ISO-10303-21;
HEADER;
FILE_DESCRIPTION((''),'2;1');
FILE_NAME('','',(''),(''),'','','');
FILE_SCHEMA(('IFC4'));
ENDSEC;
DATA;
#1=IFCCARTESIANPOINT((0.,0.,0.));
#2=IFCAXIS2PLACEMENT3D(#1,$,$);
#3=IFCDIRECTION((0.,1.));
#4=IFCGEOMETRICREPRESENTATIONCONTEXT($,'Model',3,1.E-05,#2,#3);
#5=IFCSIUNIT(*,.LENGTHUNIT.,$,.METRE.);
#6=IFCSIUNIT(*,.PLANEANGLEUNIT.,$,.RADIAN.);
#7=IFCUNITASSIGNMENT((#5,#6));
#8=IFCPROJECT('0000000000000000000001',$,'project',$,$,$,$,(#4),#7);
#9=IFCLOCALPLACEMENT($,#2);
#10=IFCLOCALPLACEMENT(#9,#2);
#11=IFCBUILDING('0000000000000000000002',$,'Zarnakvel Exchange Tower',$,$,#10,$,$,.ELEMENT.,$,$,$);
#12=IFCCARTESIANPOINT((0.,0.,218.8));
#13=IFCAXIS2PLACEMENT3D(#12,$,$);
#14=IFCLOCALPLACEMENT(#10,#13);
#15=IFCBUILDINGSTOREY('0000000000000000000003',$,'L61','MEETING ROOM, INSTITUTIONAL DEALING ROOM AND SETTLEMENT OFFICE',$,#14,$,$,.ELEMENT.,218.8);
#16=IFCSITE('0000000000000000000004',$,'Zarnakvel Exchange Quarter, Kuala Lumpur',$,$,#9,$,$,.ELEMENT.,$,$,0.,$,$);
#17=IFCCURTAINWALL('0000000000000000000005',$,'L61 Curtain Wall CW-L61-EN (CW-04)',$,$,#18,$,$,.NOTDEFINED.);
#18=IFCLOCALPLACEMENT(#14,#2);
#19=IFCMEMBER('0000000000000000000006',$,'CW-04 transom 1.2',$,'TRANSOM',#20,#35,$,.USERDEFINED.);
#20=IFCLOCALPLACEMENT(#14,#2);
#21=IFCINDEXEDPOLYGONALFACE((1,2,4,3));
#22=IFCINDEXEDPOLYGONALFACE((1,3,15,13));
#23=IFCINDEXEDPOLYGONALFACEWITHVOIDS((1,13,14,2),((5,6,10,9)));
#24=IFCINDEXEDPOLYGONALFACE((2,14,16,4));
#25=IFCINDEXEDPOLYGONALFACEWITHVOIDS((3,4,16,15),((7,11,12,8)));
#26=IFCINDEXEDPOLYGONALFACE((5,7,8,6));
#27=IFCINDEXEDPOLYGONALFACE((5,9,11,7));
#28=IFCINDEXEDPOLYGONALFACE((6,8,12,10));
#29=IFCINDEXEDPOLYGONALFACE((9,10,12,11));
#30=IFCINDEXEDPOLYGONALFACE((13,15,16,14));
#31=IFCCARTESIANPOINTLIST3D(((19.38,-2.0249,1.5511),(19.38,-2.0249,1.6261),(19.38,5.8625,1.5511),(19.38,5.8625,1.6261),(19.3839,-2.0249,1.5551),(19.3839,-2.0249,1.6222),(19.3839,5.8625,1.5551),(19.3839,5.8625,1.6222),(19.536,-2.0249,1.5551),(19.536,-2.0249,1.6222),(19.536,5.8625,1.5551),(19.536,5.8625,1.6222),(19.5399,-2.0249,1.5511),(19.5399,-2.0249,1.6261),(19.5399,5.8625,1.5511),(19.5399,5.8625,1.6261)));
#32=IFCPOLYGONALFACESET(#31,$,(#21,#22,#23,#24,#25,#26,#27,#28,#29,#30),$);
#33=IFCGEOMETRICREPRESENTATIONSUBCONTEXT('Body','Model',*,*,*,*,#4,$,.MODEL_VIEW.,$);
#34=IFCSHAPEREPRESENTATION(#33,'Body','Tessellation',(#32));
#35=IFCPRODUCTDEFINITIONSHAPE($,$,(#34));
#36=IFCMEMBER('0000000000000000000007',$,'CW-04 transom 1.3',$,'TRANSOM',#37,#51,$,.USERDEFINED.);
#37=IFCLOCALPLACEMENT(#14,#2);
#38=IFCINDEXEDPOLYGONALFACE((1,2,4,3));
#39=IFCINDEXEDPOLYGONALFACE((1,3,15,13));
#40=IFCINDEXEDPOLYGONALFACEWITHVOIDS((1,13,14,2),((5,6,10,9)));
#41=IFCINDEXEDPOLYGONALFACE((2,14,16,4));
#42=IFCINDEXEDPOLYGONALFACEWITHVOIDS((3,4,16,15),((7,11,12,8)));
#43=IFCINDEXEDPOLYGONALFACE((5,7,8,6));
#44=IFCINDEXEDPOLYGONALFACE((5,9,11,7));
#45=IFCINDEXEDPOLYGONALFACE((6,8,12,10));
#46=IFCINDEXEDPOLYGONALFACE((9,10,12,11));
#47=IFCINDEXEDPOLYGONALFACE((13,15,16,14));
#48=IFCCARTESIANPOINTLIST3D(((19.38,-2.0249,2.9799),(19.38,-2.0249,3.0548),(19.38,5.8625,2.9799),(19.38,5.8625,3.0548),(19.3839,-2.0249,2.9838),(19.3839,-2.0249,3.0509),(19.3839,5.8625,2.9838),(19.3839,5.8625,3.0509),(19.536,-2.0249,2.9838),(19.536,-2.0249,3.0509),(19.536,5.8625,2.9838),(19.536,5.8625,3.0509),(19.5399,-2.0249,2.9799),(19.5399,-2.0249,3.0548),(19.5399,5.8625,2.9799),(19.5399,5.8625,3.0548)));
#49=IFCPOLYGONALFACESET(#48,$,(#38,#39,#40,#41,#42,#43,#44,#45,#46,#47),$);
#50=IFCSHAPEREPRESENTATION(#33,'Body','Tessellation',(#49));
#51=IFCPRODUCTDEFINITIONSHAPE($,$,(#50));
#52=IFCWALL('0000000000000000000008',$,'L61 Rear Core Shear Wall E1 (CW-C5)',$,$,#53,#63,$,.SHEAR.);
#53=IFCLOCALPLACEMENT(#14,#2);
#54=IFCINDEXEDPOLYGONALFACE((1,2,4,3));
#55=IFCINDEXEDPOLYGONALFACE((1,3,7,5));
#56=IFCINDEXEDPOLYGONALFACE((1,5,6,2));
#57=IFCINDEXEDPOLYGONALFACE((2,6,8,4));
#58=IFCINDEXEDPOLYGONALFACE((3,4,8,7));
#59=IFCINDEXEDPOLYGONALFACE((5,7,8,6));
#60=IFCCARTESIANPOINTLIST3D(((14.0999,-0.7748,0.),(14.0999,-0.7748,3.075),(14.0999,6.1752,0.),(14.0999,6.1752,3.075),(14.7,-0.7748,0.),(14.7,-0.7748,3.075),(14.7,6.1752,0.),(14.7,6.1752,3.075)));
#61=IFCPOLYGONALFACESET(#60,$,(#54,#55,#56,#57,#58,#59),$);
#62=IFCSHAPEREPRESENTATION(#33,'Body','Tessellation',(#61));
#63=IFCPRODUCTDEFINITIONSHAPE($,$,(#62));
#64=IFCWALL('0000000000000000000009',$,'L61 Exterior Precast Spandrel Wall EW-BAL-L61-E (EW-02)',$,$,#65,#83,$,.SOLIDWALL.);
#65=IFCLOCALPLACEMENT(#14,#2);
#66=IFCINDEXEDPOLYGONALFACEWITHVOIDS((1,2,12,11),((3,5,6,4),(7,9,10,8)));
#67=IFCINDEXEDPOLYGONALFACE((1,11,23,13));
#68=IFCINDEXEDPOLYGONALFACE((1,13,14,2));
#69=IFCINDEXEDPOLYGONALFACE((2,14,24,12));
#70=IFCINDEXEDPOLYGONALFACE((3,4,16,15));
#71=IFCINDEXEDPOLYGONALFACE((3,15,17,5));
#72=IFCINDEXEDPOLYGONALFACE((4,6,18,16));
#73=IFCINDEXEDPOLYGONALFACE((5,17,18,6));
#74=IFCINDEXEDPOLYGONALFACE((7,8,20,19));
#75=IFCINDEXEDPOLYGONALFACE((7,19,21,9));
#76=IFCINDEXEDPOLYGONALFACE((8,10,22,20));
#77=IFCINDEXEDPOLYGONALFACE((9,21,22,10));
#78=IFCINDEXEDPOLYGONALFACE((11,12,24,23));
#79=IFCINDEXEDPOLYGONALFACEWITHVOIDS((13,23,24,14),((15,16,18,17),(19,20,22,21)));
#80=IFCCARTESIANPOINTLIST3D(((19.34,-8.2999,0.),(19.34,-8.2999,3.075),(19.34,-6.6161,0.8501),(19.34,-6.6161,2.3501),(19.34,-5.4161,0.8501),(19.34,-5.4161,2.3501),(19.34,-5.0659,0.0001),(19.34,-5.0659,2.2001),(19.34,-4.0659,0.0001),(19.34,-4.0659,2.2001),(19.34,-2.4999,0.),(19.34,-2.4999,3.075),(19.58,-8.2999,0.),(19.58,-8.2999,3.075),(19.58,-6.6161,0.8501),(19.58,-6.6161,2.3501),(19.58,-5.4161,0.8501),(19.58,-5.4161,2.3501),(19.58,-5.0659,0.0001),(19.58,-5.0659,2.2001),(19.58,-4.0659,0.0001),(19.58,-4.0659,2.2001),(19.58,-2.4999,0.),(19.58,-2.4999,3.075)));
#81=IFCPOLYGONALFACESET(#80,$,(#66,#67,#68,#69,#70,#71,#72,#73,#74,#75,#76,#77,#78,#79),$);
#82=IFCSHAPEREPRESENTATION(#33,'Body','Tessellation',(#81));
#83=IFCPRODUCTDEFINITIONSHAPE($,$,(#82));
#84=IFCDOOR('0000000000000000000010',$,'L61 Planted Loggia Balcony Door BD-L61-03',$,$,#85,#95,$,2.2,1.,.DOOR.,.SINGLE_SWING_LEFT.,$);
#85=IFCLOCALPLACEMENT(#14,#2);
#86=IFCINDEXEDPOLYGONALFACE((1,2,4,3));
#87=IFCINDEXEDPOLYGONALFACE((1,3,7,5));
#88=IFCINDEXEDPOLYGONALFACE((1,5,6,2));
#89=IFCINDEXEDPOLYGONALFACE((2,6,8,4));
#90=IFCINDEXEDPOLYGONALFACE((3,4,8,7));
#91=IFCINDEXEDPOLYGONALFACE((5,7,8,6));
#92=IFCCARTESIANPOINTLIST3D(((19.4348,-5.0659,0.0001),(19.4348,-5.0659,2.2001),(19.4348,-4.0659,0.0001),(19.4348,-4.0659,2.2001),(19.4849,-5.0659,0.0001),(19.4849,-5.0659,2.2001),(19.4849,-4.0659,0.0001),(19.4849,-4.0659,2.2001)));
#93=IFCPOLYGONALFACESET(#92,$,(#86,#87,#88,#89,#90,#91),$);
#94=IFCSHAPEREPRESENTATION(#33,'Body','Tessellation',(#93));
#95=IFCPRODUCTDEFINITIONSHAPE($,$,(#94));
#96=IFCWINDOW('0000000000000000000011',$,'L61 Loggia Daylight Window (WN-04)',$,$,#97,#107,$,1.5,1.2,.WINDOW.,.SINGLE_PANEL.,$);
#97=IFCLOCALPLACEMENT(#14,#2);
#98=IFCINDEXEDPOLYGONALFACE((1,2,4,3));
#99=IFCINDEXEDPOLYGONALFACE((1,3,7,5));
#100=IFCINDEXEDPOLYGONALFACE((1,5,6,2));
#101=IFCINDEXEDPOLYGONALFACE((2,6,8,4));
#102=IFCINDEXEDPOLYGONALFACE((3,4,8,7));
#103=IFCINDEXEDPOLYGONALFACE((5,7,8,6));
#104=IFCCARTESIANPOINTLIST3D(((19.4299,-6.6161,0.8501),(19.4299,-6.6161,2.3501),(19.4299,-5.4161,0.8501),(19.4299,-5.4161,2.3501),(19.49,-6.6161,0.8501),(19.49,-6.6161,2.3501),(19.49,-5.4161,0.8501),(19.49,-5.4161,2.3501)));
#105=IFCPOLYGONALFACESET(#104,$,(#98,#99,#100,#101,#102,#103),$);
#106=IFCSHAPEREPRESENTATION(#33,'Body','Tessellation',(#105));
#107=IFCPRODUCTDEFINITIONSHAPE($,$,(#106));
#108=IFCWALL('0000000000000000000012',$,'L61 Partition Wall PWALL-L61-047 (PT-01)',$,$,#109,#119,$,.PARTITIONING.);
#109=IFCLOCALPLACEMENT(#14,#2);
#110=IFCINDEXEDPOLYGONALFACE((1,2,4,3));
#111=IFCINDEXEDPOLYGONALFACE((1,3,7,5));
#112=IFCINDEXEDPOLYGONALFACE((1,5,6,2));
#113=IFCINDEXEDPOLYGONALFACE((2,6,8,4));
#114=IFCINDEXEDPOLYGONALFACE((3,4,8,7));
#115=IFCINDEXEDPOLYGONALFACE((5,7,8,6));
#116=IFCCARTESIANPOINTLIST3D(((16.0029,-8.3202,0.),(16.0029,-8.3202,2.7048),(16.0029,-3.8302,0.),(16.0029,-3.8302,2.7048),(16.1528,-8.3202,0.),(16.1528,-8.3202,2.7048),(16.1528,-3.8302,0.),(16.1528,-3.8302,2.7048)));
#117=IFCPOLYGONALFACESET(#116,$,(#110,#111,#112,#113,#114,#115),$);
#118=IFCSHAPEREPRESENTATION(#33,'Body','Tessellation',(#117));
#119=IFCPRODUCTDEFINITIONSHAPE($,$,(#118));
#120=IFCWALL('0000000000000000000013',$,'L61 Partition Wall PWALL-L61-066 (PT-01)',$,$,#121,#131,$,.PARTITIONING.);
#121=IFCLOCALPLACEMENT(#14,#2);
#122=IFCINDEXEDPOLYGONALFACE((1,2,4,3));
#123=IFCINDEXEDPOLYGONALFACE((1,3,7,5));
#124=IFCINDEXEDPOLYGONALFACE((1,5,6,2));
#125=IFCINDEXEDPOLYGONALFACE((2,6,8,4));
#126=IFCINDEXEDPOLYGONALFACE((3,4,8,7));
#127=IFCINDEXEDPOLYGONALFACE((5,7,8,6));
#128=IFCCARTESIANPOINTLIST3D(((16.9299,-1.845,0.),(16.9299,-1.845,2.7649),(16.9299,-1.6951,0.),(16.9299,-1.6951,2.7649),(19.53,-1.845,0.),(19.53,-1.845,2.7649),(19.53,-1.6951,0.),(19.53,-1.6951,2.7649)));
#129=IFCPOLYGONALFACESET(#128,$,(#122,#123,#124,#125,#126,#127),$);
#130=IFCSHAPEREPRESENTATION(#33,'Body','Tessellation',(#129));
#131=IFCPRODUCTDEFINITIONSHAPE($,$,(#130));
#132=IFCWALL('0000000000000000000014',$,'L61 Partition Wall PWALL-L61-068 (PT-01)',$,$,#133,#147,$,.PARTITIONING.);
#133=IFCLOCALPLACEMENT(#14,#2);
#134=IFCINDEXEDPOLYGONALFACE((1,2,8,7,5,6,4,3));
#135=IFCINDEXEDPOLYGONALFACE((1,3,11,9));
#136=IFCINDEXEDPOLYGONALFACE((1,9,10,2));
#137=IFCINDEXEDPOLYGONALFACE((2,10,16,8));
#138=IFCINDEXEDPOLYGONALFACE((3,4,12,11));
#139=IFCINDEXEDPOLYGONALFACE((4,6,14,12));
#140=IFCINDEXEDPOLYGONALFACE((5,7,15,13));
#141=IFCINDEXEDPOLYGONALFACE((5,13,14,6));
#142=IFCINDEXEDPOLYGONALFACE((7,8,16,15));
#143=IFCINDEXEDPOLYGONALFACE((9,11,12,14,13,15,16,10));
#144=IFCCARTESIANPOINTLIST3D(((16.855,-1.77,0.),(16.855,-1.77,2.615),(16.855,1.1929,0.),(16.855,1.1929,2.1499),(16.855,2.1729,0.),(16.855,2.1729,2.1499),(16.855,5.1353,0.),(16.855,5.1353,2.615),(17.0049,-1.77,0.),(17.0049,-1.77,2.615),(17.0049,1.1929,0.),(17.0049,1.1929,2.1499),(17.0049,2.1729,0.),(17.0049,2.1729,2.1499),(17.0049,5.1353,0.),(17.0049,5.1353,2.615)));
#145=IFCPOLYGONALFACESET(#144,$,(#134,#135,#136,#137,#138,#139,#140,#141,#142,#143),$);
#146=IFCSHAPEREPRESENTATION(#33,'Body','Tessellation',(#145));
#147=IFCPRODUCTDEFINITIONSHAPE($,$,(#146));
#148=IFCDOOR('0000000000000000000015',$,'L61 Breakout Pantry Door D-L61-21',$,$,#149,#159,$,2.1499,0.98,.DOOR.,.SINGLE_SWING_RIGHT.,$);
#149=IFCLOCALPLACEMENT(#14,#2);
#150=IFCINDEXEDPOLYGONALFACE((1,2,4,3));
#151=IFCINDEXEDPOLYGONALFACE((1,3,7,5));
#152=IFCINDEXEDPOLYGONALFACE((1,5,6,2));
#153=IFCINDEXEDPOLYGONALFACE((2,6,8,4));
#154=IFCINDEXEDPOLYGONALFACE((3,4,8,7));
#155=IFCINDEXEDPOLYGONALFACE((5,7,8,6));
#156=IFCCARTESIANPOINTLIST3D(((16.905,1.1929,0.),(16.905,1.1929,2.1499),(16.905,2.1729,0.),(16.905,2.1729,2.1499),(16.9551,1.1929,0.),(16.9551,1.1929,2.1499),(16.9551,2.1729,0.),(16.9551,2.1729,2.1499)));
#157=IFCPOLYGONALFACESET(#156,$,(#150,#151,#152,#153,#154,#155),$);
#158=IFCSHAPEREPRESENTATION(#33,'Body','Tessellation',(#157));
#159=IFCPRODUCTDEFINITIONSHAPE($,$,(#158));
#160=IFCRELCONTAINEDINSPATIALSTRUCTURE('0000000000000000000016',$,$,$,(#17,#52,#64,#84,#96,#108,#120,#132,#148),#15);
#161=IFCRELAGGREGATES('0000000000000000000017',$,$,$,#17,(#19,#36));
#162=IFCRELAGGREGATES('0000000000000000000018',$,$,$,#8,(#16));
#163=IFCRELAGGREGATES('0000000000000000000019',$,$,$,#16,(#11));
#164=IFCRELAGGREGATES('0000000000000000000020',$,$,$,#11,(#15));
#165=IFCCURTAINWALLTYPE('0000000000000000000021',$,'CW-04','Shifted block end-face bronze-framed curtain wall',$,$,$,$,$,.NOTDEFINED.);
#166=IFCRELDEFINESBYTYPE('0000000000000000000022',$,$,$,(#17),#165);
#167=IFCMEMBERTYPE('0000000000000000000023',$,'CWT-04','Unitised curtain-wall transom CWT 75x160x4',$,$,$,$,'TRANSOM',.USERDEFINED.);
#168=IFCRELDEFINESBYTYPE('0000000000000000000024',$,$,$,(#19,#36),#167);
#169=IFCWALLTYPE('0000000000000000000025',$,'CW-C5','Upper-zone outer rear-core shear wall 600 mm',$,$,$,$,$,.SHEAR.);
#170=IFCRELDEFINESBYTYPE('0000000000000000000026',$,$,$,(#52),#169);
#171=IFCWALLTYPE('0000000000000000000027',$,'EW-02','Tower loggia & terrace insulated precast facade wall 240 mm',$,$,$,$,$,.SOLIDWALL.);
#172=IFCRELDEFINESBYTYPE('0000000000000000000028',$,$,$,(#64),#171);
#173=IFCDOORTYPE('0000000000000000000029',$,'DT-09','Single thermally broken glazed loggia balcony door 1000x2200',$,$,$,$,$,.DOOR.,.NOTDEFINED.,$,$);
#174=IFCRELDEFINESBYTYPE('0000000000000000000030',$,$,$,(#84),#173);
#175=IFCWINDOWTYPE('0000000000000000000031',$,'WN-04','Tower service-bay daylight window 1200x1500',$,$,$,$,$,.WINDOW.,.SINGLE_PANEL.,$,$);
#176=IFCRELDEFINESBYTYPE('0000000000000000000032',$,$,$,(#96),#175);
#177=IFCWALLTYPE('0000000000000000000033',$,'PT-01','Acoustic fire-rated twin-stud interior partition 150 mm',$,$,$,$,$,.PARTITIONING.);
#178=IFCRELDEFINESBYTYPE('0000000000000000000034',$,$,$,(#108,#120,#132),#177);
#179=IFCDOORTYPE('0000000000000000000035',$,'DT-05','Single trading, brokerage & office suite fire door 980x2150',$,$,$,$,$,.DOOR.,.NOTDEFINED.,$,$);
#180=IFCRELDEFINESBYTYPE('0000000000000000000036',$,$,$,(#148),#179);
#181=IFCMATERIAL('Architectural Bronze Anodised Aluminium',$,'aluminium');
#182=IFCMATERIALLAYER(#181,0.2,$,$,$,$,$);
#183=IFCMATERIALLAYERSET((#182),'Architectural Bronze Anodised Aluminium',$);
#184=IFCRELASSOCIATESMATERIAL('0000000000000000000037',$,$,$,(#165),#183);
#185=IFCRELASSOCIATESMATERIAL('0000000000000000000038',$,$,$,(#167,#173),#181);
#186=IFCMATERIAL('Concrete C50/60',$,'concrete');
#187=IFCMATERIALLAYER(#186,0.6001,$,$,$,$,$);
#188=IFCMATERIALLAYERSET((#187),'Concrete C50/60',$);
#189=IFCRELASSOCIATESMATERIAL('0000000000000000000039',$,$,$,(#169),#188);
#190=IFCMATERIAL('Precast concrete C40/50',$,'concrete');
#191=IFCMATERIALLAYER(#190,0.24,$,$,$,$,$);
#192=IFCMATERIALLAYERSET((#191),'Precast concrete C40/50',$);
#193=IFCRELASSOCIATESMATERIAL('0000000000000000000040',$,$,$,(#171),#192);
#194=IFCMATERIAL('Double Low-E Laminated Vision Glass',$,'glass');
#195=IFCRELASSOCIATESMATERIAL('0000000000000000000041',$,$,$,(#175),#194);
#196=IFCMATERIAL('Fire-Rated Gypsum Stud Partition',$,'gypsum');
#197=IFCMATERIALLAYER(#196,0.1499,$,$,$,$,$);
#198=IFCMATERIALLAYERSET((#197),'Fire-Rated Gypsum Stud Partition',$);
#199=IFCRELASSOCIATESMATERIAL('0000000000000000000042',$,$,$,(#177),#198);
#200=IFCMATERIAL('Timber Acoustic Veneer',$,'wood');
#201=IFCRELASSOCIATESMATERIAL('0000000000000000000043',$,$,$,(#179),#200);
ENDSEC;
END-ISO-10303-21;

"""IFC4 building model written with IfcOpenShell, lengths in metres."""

from ifc_helpers import new_model, si_unit, direction, frame, frame_2d, origin, origin_2d, place, context, subcontext, project, spatial, rectangle, hollow_rectangle, extrude, source, transform, mapped, material, layer, layer_set, material_profile, profile_set, type_object, element, fill, aggregate, save


model = new_model("IFC4")

# Units and contexts
model_context = context("Model", 3, precision=1e-05, world=origin(), true_north=direction((0.0, 1.0)))
body_context = subcontext(model_context, "Body", "Model", "MODEL_VIEW")
ifc_project = project(units=[si_unit("LENGTHUNIT", "METRE"), si_unit("PLANEANGLEUNIT", "RADIAN")], contexts=[model_context])

# Site, building, storey
site_placement = place(None, origin())
site = spatial("IfcSite", under=ifc_project, at=site_placement, Name="Zarnakvel Exchange Quarter, Kuala Lumpur", CompositionType="ELEMENT", RefElevation=0.0)
building_placement = place(site_placement, origin())
building = spatial("IfcBuilding", under=site, at=building_placement, Name="Zarnakvel Exchange Tower", CompositionType="ELEMENT")
storey_placement = place(building_placement, frame((0.0, 0.0, 218.8)))
storey = spatial("IfcBuildingStorey", under=building, at=storey_placement, Name="L61", Description="MEETING ROOM, INSTITUTIONAL DEALING ROOM AND SETTLEMENT OFFICE", CompositionType="ELEMENT", Elevation=218.8)

# Shared definitions
ifc_material_1 = material(Name="Concrete C50/60", Category="concrete")

# Curtain wall, members
ifc_material_2 = material(Name="Architectural Bronze Anodised Aluminium", Category="aluminium")
ifc_layer_1 = layer(ifc_material_2, 0.2)
ifc_layer_set_1 = layer_set([ifc_layer_1], Name="Architectural Bronze Anodised Aluminium")
curtain_wall_type = type_object("IfcCurtainWallType", Name="CW-04", Description="Shifted block end-face bronze-framed curtain wall", PredefinedType="NOTDEFINED", material=ifc_layer_set_1)
curtain_wall_placement = place(storey_placement, origin())
curtain_wall = element("IfcCurtainWall", 1, at=curtain_wall_placement, inside=storey, type_object=curtain_wall_type, Name="L61 Curtain Wall CW-L61-EN (CW-04)", PredefinedType="NOTDEFINED")
ifc_material_profile_1 = material_profile(ifc_material_2, hollow_rectangle(XDim=0.1599, YDim=0.075, WallThickness=0.0039, at=origin_2d()))
ifc_profile_set_1 = profile_set([ifc_material_profile_1], Name="Architectural Bronze Anodised Aluminium")
member_type_1 = type_object("IfcMemberType", Name="CWT-04", Description="Unitised curtain-wall transom CWT 75x160x4", ElementType="TRANSOM", PredefinedType="USERDEFINED", material=ifc_profile_set_1)
shared_shape_1 = source(origin(), body_context, "Body", "SweptSolid", [
    extrude(hollow_rectangle(XDim=0.1599, YDim=0.075, WallThickness=0.0039, at=origin_2d()), origin(), (0.0, 0.0, 1.0), 7.8875),
])
member_1_placement = place(storey_placement, frame((19.46, -2.0249, 1.5886), z_axis=(0.0, 1.0, 0.0), x_axis=(-1.0, 0.0, 0.0)))
member_1 = element("IfcMember", 2, at=member_1_placement, type_object=member_type_1, Name="CW-04 transom 1.2", ObjectType="TRANSOM", PredefinedType="USERDEFINED", context=body_context, shape_type="MappedRepresentation", body=[
    mapped(shared_shape_1, transform((0.0, 0.0, 0.0), x_axis=(1.0, 0.0, 0.0), y_axis=(0.0, 1.0, 0.0), z_axis=(0.0, 0.0, 1.0), scale=1.0)),
])
member_2_placement = place(storey_placement, frame((19.46, -2.0249, 3.0173), z_axis=(0.0, 1.0, 0.0), x_axis=(-1.0, 0.0, 0.0)))
member_2 = element("IfcMember", 3, at=member_2_placement, type_object=member_type_1, Name="CW-04 transom 1.3", ObjectType="TRANSOM", PredefinedType="USERDEFINED", context=body_context, shape_type="MappedRepresentation", body=[
    mapped(shared_shape_1, transform((0.0, 0.0, 0.0), x_axis=(1.0, 0.0, 0.0), y_axis=(0.0, 1.0, 0.0), z_axis=(0.0, 0.0, 1.0), scale=1.0)),
])
aggregate(curtain_wall, [member_1, member_2])

# Wall
ifc_layer_2 = layer(ifc_material_1, 0.6001)
ifc_layer_set_2 = layer_set([ifc_layer_2], Name="Concrete C50/60")
wall_type_1 = type_object("IfcWallType", Name="CW-C5", Description="Upper-zone outer rear-core shear wall 600 mm", PredefinedType="SHEAR", material=ifc_layer_set_2)
wall_1_placement = place(storey_placement, frame((14.3999, -0.7749, 0.0), z_axis=(0.0, 0.0, 1.0), x_axis=(0.0, 1.0, 0.0)))
element("IfcWall", 4, at=wall_1_placement, inside=storey, type_object=wall_type_1, Name="L61 Rear Core Shear Wall E1 (CW-C5)", PredefinedType="SHEAR", context=body_context, shape_type="SweptSolid", body=[
    extrude(rectangle(XDim=6.95, YDim=0.6001, at=frame_2d((3.4751, 0.0))), origin(), (0.0, 0.0, 1.0), 3.075),
])

# Wall, openings, door, window
ifc_material_3 = material(Name="Precast concrete C40/50", Category="concrete")
ifc_layer_3 = layer(ifc_material_3, 0.24)
ifc_layer_set_3 = layer_set([ifc_layer_3], Name="Precast concrete C40/50")
wall_type_2 = type_object("IfcWallType", Name="EW-02", Description="Tower loggia & terrace insulated precast facade wall 240 mm", PredefinedType="SOLIDWALL", material=ifc_layer_set_3)
wall_2_placement = place(storey_placement, frame((19.46, -2.5, 0.0), z_axis=(0.0, 0.0, 1.0), x_axis=(0.0, -1.0, 0.0)))
wall_2 = element("IfcWall", 5, at=wall_2_placement, inside=storey, type_object=wall_type_2, Name="L61 Exterior Precast Spandrel Wall EW-BAL-L61-E (EW-02)", PredefinedType="SOLIDWALL", context=body_context, shape_type="SweptSolid", body=[
    extrude(rectangle(XDim=5.8, YDim=0.24, at=frame_2d((2.8999, 0.0))), origin(), (0.0, 0.0, 1.0), 3.075),
])
opening_1_placement = place(wall_2_placement, frame((1.5659, 0.0, 0.0)))
opening_1 = element("IfcOpeningElement", 6, at=opening_1_placement, cuts=wall_2, PredefinedType="OPENING", context=body_context, shape_type="SweptSolid", body=[
    extrude(rectangle(XDim=1.0, YDim=2.2, at=frame_2d((0.5, 1.1001))), frame((0.0, 0.1299, 0.0), z_axis=(0.0, -1.0, 0.0), x_axis=(1.0, 0.0, 0.0)), (0.0, 0.0, 1.0), 0.26),
])
opening_2_placement = place(wall_2_placement, frame((2.916, 0.0, 0.8501)))
opening_2 = element("IfcOpeningElement", 7, at=opening_2_placement, cuts=wall_2, PredefinedType="OPENING", context=body_context, shape_type="SweptSolid", body=[
    extrude(rectangle(XDim=1.2, YDim=1.5, at=frame_2d((0.6001, 0.75))), frame((0.0, 0.1299, 0.0), z_axis=(0.0, -1.0, 0.0), x_axis=(1.0, 0.0, 0.0)), (0.0, 0.0, 1.0), 0.26),
])
door_type_1 = type_object("IfcDoorType", Name="DT-09", Description="Single thermally broken glazed loggia balcony door 1000x2200", OperationType="NOTDEFINED", PredefinedType="DOOR", material=ifc_material_2)
shared_shape_2 = source(origin(), body_context, "Body", "SweptSolid", [
    extrude(rectangle(XDim=1.0, YDim=2.2, at=frame_2d((0.5, 1.1001))), frame((0.0, 0.0249, 0.0), z_axis=(0.0, -1.0, 0.0), x_axis=(1.0, 0.0, 0.0)), (0.0, 0.0, 1.0), 0.05),
])
door_1_placement = place(opening_1_placement, origin())
door_1 = element("IfcDoor", 8, at=door_1_placement, inside=storey, type_object=door_type_1, Name="L61 Planted Loggia Balcony Door BD-L61-03", OperationType="SINGLE_SWING_LEFT", OverallHeight=2.2, OverallWidth=1.0, PredefinedType="DOOR", context=body_context, shape_type="MappedRepresentation", body=[
    mapped(shared_shape_2, transform((0.0, 0.0, 0.0), x_axis=(1.0, 0.0, 0.0), y_axis=(0.0, 1.0, 0.0), z_axis=(0.0, 0.0, 1.0), scale=1.0)),
])
fill(opening_1, door_1)
ifc_material_4 = material(Name="Double Low-E Laminated Vision Glass", Category="glass")
window_type = type_object("IfcWindowType", Name="WN-04", Description="Tower service-bay daylight window 1200x1500", PartitioningType="SINGLE_PANEL", PredefinedType="WINDOW", material=ifc_material_4)
shared_shape_3 = source(origin(), body_context, "Body", "SweptSolid", [
    extrude(rectangle(XDim=1.2, YDim=1.5, at=frame_2d((0.6001, 0.75))), frame((0.0, 0.03, 0.0), z_axis=(0.0, -1.0, 0.0), x_axis=(1.0, 0.0, 0.0)), (0.0, 0.0, 1.0), 0.0601),
])
window_placement = place(opening_2_placement, origin())
window = element("IfcWindow", 9, at=window_placement, inside=storey, type_object=window_type, Name="L61 Loggia Daylight Window (WN-04)", OverallHeight=1.5, OverallWidth=1.2, PartitioningType="SINGLE_PANEL", PredefinedType="WINDOW", context=body_context, shape_type="MappedRepresentation", body=[
    mapped(shared_shape_3, transform((0.0, 0.0, 0.0), x_axis=(1.0, 0.0, 0.0), y_axis=(0.0, 1.0, 0.0), z_axis=(0.0, 0.0, 1.0), scale=1.0)),
])
fill(opening_2, window)

# Shared definitions
ifc_material_5 = material(Name="Fire-Rated Gypsum Stud Partition", Category="gypsum")
ifc_layer_4 = layer(ifc_material_5, 0.1499)
ifc_layer_set_4 = layer_set([ifc_layer_4], Name="Fire-Rated Gypsum Stud Partition")
wall_type_3 = type_object("IfcWallType", Name="PT-01", Description="Acoustic fire-rated twin-stud interior partition 150 mm", PredefinedType="PARTITIONING", material=ifc_layer_set_4)
ifc_material_6 = material(Name="Timber Acoustic Veneer", Category="wood")
door_type_2 = type_object("IfcDoorType", Name="DT-05", Description="Single trading, brokerage & office suite fire door 980x2150", OperationType="NOTDEFINED", PredefinedType="DOOR", material=ifc_material_6)
shared_shape_4 = source(origin(), body_context, "Body", "SweptSolid", [
    extrude(rectangle(XDim=0.98, YDim=2.1499, at=frame_2d((0.49, 1.075))), frame((0.0, 0.0249, 0.0), z_axis=(0.0, -1.0, 0.0), x_axis=(1.0, 0.0, 0.0)), (0.0, 0.0, 1.0), 0.05),
])

# Wall
wall_3_placement = place(storey_placement, frame((16.0779, -3.8301, 0.0), z_axis=(0.0, 0.0, 1.0), x_axis=(0.0, -1.0, 0.0)))
element("IfcWall", 10, at=wall_3_placement, inside=storey, type_object=wall_type_3, Name="L61 Partition Wall PWALL-L61-047 (PT-01)", PredefinedType="PARTITIONING", context=body_context, shape_type="SweptSolid", body=[
    extrude(rectangle(XDim=4.49, YDim=0.1499, at=frame_2d((2.2451, 0.0))), origin(), (0.0, 0.0, 1.0), 2.7048),
])

# Wall
wall_4_placement = place(storey_placement, frame((19.53, -1.77, 0.0), z_axis=(0.0, 0.0, 1.0), x_axis=(-1.0, 0.0, 0.0)))
element("IfcWall", 11, at=wall_4_placement, inside=storey, type_object=wall_type_3, Name="L61 Partition Wall PWALL-L61-066 (PT-01)", PredefinedType="PARTITIONING", context=body_context, shape_type="SweptSolid", body=[
    extrude(rectangle(XDim=2.6001, YDim=0.1499, at=frame_2d((1.3, 0.0))), origin(), (0.0, 0.0, 1.0), 2.7649),
])

# Wall, opening, door
wall_5_placement = place(storey_placement, frame((16.9299, -1.77, 0.0), z_axis=(0.0, 0.0, 1.0), x_axis=(0.0, 1.0, 0.0)))
wall_5 = element("IfcWall", 12, at=wall_5_placement, inside=storey, type_object=wall_type_3, Name="L61 Partition Wall PWALL-L61-068 (PT-01)", PredefinedType="PARTITIONING", context=body_context, shape_type="SweptSolid", body=[
    extrude(rectangle(XDim=6.9053, YDim=0.1499, at=frame_2d((3.4526, 0.0))), origin(), (0.0, 0.0, 1.0), 2.615),
])
opening_3_placement = place(wall_5_placement, frame((2.9629, 0.0, 0.0)))
opening_3 = element("IfcOpeningElement", 13, at=opening_3_placement, cuts=wall_5, PredefinedType="OPENING", context=body_context, shape_type="SweptSolid", body=[
    extrude(rectangle(XDim=0.98, YDim=2.1499, at=frame_2d((0.49, 1.075))), frame((0.0, 0.085, 0.0), z_axis=(0.0, -1.0, 0.0), x_axis=(1.0, 0.0, 0.0)), (0.0, 0.0, 1.0), 0.1699),
])
door_2_placement = place(opening_3_placement, origin())
door_2 = element("IfcDoor", 14, at=door_2_placement, inside=storey, type_object=door_type_2, Name="L61 Breakout Pantry Door D-L61-21", OperationType="SINGLE_SWING_RIGHT", OverallHeight=2.1499, OverallWidth=0.98, PredefinedType="DOOR", context=body_context, shape_type="MappedRepresentation", body=[
    mapped(shared_shape_4, transform((0.0, 0.0, 0.0), x_axis=(1.0, 0.0, 0.0), y_axis=(0.0, 1.0, 0.0), z_axis=(0.0, 0.0, 1.0), scale=1.0)),
])
fill(opening_3, door_2)

save(model, "model.ifc")
